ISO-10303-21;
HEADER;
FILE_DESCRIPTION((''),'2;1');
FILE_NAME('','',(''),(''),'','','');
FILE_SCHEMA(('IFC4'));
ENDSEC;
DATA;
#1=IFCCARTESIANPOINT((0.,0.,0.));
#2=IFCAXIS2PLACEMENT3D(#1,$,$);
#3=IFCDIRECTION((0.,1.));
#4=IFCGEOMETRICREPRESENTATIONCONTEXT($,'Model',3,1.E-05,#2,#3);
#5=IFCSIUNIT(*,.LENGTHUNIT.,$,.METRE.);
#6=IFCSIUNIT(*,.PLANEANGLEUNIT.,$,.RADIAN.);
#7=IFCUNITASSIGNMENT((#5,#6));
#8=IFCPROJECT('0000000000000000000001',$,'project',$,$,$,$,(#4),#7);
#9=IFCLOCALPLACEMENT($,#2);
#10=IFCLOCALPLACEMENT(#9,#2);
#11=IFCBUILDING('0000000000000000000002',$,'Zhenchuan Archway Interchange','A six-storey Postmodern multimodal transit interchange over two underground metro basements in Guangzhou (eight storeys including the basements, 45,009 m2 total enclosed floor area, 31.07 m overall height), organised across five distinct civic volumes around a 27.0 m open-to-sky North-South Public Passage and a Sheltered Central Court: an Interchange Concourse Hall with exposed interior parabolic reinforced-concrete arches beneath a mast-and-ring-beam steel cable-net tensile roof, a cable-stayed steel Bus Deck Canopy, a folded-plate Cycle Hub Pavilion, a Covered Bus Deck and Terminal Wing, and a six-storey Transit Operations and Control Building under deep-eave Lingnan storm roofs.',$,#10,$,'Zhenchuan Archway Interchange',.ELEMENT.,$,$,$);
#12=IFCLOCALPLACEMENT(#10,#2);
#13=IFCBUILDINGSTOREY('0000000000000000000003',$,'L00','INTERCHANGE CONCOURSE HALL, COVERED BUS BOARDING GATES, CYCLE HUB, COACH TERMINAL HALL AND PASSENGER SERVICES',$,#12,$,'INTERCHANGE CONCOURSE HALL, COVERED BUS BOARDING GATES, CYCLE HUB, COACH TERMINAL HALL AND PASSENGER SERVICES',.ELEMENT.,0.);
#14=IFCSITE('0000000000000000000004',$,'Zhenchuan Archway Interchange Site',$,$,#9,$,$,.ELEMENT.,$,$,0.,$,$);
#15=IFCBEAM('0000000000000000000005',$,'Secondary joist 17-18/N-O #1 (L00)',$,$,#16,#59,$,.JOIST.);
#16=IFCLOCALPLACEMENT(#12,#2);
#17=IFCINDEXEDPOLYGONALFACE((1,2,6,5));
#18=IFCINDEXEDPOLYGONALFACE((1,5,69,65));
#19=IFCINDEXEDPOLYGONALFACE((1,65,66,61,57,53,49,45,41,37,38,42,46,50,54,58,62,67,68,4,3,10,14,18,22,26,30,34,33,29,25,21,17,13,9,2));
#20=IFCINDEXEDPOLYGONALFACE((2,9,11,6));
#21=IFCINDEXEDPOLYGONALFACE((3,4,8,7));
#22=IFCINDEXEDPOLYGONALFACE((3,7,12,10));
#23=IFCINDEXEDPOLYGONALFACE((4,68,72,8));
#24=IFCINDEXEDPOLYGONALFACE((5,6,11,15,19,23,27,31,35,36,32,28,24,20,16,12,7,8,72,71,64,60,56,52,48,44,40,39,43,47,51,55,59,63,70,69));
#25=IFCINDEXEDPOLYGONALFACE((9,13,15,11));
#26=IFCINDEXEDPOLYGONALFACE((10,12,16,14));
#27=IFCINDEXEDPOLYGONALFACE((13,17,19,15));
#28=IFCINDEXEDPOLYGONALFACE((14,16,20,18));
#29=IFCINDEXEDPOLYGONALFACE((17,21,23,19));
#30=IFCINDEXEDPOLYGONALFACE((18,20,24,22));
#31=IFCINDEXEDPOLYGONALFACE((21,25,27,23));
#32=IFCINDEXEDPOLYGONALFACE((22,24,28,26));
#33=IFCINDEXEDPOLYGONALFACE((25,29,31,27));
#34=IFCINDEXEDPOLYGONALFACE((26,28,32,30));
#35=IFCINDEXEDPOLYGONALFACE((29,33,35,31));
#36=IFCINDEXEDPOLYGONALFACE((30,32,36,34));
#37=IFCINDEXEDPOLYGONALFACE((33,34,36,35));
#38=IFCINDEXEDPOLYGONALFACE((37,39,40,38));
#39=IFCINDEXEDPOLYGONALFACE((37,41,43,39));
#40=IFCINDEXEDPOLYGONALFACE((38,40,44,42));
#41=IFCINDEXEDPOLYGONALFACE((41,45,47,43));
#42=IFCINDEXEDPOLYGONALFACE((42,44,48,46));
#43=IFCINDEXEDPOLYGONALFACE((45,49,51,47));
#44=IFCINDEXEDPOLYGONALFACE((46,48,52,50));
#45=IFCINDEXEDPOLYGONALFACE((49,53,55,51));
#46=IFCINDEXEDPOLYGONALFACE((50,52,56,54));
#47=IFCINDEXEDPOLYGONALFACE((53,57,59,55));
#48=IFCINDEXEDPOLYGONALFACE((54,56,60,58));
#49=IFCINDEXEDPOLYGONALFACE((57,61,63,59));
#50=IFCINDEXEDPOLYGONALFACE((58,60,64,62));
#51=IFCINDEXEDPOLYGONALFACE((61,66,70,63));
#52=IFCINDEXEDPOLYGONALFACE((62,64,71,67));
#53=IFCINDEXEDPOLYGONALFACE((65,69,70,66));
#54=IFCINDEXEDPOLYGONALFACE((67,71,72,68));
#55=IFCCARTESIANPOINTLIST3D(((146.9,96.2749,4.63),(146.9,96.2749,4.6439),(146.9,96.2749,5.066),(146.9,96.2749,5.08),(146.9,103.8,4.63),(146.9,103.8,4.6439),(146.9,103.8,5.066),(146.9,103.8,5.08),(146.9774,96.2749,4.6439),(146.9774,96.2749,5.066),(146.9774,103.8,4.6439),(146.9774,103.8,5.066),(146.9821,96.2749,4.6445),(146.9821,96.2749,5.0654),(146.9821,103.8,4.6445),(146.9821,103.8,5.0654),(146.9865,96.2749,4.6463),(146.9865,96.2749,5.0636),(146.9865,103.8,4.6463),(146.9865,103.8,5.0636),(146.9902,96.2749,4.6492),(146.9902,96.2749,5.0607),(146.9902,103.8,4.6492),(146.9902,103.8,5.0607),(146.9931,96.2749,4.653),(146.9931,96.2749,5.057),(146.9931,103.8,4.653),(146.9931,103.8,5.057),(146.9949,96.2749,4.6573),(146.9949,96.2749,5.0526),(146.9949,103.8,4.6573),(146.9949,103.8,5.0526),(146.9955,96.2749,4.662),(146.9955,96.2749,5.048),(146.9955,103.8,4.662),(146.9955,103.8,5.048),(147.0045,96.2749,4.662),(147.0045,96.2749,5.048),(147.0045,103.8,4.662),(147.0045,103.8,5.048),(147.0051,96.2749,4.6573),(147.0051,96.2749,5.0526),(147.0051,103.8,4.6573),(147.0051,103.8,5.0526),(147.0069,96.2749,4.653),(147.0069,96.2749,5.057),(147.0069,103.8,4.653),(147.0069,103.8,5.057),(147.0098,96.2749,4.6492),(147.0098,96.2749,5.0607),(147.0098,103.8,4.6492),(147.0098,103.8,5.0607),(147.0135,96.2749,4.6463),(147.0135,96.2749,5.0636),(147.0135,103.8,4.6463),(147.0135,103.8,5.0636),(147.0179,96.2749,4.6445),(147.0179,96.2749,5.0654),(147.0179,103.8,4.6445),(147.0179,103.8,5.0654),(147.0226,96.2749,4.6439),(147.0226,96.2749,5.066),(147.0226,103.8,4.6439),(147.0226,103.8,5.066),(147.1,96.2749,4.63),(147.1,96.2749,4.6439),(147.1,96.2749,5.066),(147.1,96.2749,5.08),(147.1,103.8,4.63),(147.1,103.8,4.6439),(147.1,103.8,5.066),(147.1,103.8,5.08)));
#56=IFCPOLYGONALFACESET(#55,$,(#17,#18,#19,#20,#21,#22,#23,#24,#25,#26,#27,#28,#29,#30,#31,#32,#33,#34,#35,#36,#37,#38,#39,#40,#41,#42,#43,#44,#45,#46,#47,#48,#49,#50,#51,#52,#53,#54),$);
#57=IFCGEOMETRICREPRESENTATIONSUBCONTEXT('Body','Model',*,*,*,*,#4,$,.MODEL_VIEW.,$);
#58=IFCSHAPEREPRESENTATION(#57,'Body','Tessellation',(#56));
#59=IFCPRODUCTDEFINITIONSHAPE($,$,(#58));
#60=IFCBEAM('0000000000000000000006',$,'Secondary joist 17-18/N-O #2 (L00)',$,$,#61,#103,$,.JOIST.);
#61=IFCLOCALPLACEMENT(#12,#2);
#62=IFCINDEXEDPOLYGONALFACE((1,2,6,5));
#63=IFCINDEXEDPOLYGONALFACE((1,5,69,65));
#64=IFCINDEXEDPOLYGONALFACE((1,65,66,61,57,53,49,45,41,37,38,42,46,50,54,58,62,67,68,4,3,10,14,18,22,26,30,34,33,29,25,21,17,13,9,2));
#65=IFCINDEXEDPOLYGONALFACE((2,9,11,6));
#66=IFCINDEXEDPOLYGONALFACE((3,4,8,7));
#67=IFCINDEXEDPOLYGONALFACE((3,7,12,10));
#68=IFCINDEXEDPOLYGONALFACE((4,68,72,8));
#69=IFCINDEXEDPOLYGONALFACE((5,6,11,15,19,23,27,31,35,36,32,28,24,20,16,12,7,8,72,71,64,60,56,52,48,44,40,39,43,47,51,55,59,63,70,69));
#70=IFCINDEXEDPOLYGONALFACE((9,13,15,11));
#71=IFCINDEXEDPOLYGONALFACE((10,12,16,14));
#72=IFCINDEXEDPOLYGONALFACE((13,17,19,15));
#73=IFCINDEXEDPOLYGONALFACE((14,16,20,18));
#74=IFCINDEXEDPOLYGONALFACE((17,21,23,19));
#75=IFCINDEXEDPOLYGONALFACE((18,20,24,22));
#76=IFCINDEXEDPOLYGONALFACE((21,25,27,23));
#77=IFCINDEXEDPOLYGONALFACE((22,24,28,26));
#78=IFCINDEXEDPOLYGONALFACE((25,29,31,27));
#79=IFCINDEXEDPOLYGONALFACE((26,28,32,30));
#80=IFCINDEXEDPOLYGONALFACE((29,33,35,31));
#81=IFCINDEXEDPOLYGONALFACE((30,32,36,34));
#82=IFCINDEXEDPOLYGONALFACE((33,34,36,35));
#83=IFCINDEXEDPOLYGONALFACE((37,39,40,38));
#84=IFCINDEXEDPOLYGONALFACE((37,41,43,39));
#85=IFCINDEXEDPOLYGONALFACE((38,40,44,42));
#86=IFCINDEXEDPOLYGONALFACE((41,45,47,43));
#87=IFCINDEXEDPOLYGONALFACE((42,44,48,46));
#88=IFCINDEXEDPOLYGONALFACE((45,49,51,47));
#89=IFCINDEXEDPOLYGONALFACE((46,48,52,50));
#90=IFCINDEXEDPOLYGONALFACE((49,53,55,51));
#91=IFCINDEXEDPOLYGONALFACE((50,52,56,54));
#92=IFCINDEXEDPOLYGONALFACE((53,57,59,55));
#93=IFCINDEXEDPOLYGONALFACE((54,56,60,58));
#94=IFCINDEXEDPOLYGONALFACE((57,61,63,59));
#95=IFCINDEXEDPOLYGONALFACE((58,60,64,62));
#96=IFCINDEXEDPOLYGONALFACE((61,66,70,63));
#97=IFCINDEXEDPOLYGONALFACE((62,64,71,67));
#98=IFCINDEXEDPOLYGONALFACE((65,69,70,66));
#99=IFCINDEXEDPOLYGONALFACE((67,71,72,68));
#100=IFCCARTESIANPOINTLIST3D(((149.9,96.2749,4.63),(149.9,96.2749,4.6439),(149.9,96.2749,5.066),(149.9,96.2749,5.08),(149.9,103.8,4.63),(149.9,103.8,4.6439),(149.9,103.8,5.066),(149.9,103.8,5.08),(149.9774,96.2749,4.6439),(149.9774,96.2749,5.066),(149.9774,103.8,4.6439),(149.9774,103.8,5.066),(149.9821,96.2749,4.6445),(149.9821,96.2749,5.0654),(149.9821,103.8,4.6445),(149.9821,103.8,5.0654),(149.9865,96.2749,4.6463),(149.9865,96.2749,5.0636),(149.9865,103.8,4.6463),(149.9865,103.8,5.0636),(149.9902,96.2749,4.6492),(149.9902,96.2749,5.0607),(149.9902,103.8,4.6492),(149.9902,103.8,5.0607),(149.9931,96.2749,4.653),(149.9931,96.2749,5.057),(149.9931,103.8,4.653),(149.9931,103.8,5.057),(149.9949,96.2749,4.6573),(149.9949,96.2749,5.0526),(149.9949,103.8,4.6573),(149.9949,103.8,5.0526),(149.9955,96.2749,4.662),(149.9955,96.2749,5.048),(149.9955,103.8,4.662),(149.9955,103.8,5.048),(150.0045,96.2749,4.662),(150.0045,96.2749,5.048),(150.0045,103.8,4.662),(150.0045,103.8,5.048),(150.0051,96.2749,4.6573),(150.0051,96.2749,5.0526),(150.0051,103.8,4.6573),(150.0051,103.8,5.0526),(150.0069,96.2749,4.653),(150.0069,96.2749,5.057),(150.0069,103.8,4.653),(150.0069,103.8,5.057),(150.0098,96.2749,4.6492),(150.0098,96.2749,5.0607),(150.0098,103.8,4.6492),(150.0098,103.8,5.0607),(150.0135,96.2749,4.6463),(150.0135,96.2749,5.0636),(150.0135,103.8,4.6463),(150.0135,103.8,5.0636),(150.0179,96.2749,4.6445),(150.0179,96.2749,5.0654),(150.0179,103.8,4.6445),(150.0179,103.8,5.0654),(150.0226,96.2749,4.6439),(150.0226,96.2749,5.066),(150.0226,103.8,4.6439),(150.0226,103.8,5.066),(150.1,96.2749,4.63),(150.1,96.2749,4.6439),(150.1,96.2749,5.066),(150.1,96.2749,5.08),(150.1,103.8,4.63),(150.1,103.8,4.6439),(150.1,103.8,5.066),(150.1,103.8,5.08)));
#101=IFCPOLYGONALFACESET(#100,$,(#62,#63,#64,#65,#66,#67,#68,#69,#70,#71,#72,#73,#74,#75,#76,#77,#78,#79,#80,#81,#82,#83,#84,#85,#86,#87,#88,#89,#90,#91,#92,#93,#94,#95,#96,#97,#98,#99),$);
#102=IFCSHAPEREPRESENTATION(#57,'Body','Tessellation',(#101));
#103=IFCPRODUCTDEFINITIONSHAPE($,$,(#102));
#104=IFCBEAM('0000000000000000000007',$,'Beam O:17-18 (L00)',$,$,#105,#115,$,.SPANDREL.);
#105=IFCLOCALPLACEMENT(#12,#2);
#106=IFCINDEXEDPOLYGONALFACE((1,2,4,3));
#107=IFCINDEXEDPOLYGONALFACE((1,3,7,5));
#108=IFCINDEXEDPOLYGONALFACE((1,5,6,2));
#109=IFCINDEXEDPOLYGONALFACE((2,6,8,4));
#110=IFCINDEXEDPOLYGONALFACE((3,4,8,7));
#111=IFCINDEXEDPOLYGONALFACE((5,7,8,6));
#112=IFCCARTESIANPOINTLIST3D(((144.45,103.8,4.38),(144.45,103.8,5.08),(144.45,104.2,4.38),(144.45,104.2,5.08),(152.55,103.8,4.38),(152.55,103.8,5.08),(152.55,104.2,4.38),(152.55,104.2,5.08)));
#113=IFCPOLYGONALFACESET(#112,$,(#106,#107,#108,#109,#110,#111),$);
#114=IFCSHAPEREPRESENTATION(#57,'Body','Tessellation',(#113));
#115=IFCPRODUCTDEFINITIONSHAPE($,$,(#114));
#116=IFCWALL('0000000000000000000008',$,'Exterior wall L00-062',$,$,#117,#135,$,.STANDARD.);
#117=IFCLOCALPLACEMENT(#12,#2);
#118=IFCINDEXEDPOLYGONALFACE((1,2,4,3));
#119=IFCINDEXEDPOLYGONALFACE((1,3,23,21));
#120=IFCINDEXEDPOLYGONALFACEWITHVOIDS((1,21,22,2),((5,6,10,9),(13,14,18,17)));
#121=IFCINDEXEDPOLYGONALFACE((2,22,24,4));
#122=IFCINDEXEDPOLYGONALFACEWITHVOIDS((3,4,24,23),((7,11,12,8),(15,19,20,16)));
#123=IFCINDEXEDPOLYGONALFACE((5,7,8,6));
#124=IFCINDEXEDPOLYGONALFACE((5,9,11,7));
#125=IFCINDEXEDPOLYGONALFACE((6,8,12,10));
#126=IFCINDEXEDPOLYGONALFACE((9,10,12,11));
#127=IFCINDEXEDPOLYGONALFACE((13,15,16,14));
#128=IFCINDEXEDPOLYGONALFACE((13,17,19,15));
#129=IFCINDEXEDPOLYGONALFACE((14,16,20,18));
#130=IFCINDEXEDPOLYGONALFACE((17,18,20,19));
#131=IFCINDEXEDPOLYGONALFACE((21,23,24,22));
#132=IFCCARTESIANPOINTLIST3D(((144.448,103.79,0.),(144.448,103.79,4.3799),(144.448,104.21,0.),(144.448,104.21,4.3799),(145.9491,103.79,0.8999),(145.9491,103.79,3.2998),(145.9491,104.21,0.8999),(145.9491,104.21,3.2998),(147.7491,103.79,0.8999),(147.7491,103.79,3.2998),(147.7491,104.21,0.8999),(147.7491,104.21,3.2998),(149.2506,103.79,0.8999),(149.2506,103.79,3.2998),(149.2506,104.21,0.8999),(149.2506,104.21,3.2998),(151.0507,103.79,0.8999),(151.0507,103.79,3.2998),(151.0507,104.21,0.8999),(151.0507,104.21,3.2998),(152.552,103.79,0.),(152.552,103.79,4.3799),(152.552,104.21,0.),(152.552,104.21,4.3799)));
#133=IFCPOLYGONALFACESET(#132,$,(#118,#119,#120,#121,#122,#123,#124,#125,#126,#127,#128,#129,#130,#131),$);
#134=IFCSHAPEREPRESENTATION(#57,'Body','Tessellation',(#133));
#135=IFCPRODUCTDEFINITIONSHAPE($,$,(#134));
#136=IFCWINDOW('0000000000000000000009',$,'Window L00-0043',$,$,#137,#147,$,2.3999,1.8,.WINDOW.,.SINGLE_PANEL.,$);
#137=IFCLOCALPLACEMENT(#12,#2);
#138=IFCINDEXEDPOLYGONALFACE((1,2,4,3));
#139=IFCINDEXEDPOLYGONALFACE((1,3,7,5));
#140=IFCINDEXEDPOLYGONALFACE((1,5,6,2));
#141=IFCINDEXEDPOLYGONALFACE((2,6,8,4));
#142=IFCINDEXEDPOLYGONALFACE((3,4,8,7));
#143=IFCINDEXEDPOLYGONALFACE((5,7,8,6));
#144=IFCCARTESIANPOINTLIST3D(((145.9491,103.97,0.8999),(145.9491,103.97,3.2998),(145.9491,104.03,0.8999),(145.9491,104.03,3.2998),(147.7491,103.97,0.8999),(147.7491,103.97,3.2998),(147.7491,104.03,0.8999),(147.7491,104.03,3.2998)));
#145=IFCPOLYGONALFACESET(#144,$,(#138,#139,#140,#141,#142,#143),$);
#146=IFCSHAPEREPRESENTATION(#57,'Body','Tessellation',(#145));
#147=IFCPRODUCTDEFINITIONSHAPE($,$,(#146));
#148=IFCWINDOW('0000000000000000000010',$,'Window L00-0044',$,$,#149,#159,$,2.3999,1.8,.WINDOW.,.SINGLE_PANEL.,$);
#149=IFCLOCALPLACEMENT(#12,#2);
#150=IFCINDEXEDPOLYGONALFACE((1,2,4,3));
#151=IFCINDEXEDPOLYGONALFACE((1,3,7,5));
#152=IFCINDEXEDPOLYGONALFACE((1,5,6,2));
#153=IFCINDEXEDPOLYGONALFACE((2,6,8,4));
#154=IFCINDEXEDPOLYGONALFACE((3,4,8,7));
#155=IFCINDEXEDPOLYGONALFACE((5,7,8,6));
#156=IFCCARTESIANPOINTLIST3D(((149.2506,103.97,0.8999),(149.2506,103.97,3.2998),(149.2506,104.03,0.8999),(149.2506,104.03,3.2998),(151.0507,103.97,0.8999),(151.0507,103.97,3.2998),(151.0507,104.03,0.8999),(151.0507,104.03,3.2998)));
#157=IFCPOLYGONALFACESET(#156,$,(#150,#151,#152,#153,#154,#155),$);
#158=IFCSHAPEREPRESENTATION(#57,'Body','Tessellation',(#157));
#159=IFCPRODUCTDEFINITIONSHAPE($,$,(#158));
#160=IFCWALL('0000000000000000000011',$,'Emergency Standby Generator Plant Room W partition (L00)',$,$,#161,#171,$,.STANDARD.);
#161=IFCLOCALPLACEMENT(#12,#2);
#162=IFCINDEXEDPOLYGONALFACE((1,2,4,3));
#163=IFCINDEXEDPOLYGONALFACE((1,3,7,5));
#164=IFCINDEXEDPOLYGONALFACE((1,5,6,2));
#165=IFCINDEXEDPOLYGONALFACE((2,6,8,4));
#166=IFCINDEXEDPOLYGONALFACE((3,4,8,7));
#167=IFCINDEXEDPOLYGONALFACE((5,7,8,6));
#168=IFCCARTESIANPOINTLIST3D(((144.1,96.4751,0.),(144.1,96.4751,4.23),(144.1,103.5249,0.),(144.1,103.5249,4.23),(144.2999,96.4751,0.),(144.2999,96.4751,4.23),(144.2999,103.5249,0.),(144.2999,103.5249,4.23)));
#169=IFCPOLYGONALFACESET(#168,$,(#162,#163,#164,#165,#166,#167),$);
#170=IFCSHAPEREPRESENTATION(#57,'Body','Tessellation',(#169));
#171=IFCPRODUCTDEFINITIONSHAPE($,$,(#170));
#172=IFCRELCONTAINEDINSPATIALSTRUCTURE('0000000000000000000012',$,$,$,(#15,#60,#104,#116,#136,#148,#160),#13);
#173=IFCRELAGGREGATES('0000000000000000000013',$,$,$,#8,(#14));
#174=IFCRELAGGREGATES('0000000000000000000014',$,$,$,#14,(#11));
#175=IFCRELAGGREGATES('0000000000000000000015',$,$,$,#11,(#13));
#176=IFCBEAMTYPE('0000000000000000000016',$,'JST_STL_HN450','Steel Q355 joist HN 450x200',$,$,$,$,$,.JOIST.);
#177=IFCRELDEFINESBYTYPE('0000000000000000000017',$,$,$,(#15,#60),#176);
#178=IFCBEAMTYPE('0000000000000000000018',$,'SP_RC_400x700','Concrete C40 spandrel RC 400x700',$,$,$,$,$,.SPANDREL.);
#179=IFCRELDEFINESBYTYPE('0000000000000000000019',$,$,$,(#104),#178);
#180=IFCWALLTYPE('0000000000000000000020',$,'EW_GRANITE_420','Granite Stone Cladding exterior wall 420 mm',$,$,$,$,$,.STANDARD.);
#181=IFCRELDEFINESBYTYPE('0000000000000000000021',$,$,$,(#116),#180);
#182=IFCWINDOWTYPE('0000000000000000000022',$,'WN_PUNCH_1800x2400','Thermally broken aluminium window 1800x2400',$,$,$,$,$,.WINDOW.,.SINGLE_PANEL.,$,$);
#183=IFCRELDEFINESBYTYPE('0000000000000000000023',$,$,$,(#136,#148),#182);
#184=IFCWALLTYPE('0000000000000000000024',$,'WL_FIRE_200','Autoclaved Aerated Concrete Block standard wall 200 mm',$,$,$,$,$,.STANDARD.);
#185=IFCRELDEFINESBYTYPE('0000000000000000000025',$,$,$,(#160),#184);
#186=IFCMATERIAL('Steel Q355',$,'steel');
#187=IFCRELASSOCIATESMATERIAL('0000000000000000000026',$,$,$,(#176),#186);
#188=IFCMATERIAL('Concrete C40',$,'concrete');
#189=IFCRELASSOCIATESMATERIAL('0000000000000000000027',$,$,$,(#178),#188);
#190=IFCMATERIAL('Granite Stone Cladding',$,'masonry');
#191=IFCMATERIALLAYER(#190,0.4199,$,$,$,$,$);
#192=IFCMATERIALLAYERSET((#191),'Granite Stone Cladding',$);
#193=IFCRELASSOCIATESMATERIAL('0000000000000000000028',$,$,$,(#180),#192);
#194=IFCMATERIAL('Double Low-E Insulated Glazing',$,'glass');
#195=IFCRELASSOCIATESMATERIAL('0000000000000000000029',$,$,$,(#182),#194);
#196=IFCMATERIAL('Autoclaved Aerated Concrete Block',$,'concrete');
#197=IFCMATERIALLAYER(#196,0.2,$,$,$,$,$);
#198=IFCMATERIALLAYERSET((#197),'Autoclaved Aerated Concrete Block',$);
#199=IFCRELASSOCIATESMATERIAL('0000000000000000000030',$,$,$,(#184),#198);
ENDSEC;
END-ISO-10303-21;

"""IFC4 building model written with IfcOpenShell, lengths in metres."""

from ifc_helpers import new_model, si_unit, direction, frame, frame_2d, origin, origin_2d, place, context, subcontext, project, spatial, rectangle, i_section, extrude, material, layer, layer_set, material_profile, profile_set, type_object, element, fill, save


model = new_model("IFC4")

# Units and contexts
model_context = context("Model", 3, precision=1e-05, world=origin(), true_north=direction((0.0, 1.0)))
body_context = subcontext(model_context, "Body", "Model", "MODEL_VIEW")
ifc_project = project(units=[si_unit("LENGTHUNIT", "METRE"), si_unit("PLANEANGLEUNIT", "RADIAN")], contexts=[model_context])

# Site, building, storey
site_placement = place(None, origin())
site = spatial("IfcSite", under=ifc_project, at=site_placement, Name="Zhenchuan Archway Interchange Site", CompositionType="ELEMENT", RefElevation=0.0)
building_placement = place(site_placement, origin())
building = spatial("IfcBuilding", under=site, at=building_placement, Name="Zhenchuan Archway Interchange", Description="A six-storey Postmodern multimodal transit interchange over two underground metro basements in Guangzhou (eight storeys including the basements, 45,009 m2 total enclosed floor area, 31.07 m overall height), organised across five distinct civic volumes around a 27.0 m open-to-sky North-South Public Passage and a Sheltered Central Court: an Interchange Concourse Hall with exposed interior parabolic reinforced-concrete arches beneath a mast-and-ring-beam steel cable-net tensile roof, a cable-stayed steel Bus Deck Canopy, a folded-plate Cycle Hub Pavilion, a Covered Bus Deck and Terminal Wing, and a six-storey Transit Operations and Control Building under deep-eave Lingnan storm roofs.", LongName="Zhenchuan Archway Interchange", CompositionType="ELEMENT")
storey_placement = place(building_placement, origin())
storey = spatial("IfcBuildingStorey", under=building, at=storey_placement, Name="L00", Description="INTERCHANGE CONCOURSE HALL, COVERED BUS BOARDING GATES, CYCLE HUB, COACH TERMINAL HALL AND PASSENGER SERVICES", LongName="INTERCHANGE CONCOURSE HALL, COVERED BUS BOARDING GATES, CYCLE HUB, COACH TERMINAL HALL AND PASSENGER SERVICES", CompositionType="ELEMENT", Elevation=0.0)

# Shared definitions
ifc_material_1 = material(Name="Concrete C40", Category="concrete")

# Beams
ifc_material_2 = material(Name="Steel Q355", Category="steel")
ifc_material_profile_1 = material_profile(ifc_material_2, i_section(OverallWidth=0.2, OverallDepth=0.45, WebThickness=0.009, FlangeThickness=0.0139, FilletRadius=0.0181, at=origin_2d()), Name="HN 450x200")
ifc_profile_set_1 = profile_set([ifc_material_profile_1], Name="Steel Q355")
beam_type_1 = type_object("IfcBeamType", Name="JST_STL_HN450", Description="Steel Q355 joist HN 450x200", PredefinedType="JOIST", material=ifc_profile_set_1)
for number, where, z_axis, x_axis, name in (
    (1, (147.0, 96.2749, 4.855), (0.0, 1.0, 0.0), (-1.0, 0.0, 0.0), "Secondary joist 17-18/N-O #1 (L00)"),
    (2, (150.0, 96.2749, 4.855), (0.0, 1.0, 0.0), (-1.0, 0.0, 0.0), "Secondary joist 17-18/N-O #2 (L00)"),
):
    element("IfcBeam", number, at=place(storey_placement, frame(where, z_axis=z_axis, x_axis=x_axis)), inside=storey, type_object=beam_type_1, Name=name, PredefinedType="JOIST", context=body_context, shape_type="SweptSolid", body=[
        extrude(i_section(OverallWidth=0.2, OverallDepth=0.45, WebThickness=0.009, FlangeThickness=0.0139, FilletRadius=0.0181, at=origin_2d()), origin(), (0.0, 0.0, 1.0), 7.5251),
    ])
ifc_material_profile_2 = material_profile(ifc_material_1, rectangle(XDim=0.3999, YDim=0.7, at=origin_2d()), Name="RC 400x700")
ifc_profile_set_2 = profile_set([ifc_material_profile_2], Name="Concrete C40")
beam_type_2 = type_object("IfcBeamType", Name="SP_RC_400x700", Description="Concrete C40 spandrel RC 400x700", PredefinedType="SPANDREL", material=ifc_profile_set_2)
beam_1_placement = place(storey_placement, frame((144.45, 104.0, 4.73), z_axis=(1.0, 0.0, 0.0), x_axis=(0.0, 1.0, 0.0)))
element("IfcBeam", 3, at=beam_1_placement, inside=storey, type_object=beam_type_2, Name="Beam O:17-18 (L00)", PredefinedType="SPANDREL", context=body_context, shape_type="SweptSolid", body=[
    extrude(rectangle(XDim=0.3999, YDim=0.7, at=origin_2d()), origin(), (0.0, 0.0, 1.0), 8.1001),
])

# Wall, openings, windows
ifc_material_3 = material(Name="Granite Stone Cladding", Category="masonry")
ifc_layer_1 = layer(ifc_material_3, 0.4199)
ifc_layer_set_1 = layer_set([ifc_layer_1], Name="Granite Stone Cladding")
wall_type_1 = type_object("IfcWallType", Name="EW_GRANITE_420", Description="Granite Stone Cladding exterior wall 420 mm", PredefinedType="STANDARD", material=ifc_layer_set_1)
wall_1_placement = place(storey_placement, frame((144.448, 104.0, 0.0), z_axis=(0.0, 0.0, 1.0), x_axis=(1.0, 0.0, 0.0)))
wall_1 = element("IfcWall", 4, at=wall_1_placement, inside=storey, type_object=wall_type_1, Name="Exterior wall L00-062", PredefinedType="STANDARD", context=body_context, shape_type="SweptSolid", body=[
    extrude(rectangle(XDim=8.104, YDim=0.4199, at=frame_2d((4.052, 0.0))), origin(), (0.0, 0.0, 1.0), 4.3799),
])
opening_1_placement = place(wall_1_placement, frame((1.5012, 0.0, 0.8999)))
opening_1 = element("IfcOpeningElement", 5, at=opening_1_placement, cuts=wall_1, PredefinedType="OPENING", context=body_context, shape_type="SweptSolid", body=[
    extrude(rectangle(XDim=1.8, YDim=2.3999, at=frame_2d((0.8999, 1.2))), frame((0.0, 0.2219, 0.0), z_axis=(0.0, -1.0, 0.0), x_axis=(1.0, 0.0, 0.0)), (0.0, 0.0, 1.0), 0.4438),
])
opening_2_placement = place(wall_1_placement, frame((4.8027, 0.0, 0.8999)))
opening_2 = element("IfcOpeningElement", 6, at=opening_2_placement, cuts=wall_1, PredefinedType="OPENING", context=body_context, shape_type="SweptSolid", body=[
    extrude(rectangle(XDim=1.8, YDim=2.3999, at=frame_2d((0.8999, 1.2))), frame((0.0, 0.2219, 0.0), z_axis=(0.0, -1.0, 0.0), x_axis=(1.0, 0.0, 0.0)), (0.0, 0.0, 1.0), 0.4438),
])
ifc_material_4 = material(Name="Double Low-E Insulated Glazing", Category="glass")
window_type = type_object("IfcWindowType", Name="WN_PUNCH_1800x2400", Description="Thermally broken aluminium window 1800x2400", PartitioningType="SINGLE_PANEL", PredefinedType="WINDOW", material=ifc_material_4)
window_1_placement = place(opening_1_placement, origin())
window_1 = element("IfcWindow", 7, at=window_1_placement, inside=storey, type_object=window_type, Name="Window L00-0043", OverallHeight=2.3999, OverallWidth=1.8, PartitioningType="SINGLE_PANEL", PredefinedType="WINDOW", context=body_context, shape_type="SweptSolid", body=[
    extrude(rectangle(XDim=1.8, YDim=2.3999, at=frame_2d((0.8999, 1.2))), frame((0.0, 0.03, 0.0), z_axis=(0.0, -1.0, 0.0), x_axis=(1.0, 0.0, 0.0)), (0.0, 0.0, 1.0), 0.0601),
])
fill(opening_1, window_1)
window_2_placement = place(opening_2_placement, origin())
window_2 = element("IfcWindow", 8, at=window_2_placement, inside=storey, type_object=window_type, Name="Window L00-0044", OverallHeight=2.3999, OverallWidth=1.8, PartitioningType="SINGLE_PANEL", PredefinedType="WINDOW", context=body_context, shape_type="SweptSolid", body=[
    extrude(rectangle(XDim=1.8, YDim=2.3999, at=frame_2d((0.8999, 1.2))), frame((0.0, 0.03, 0.0), z_axis=(0.0, -1.0, 0.0), x_axis=(1.0, 0.0, 0.0)), (0.0, 0.0, 1.0), 0.0601),
])
fill(opening_2, window_2)

# Wall
ifc_material_5 = material(Name="Autoclaved Aerated Concrete Block", Category="concrete")
ifc_layer_2 = layer(ifc_material_5, 0.2)
ifc_layer_set_2 = layer_set([ifc_layer_2], Name="Autoclaved Aerated Concrete Block")
wall_type_2 = type_object("IfcWallType", Name="WL_FIRE_200", Description="Autoclaved Aerated Concrete Block standard wall 200 mm", PredefinedType="STANDARD", material=ifc_layer_set_2)
wall_2_placement = place(storey_placement, frame((144.2, 96.4751, 0.0), z_axis=(0.0, 0.0, 1.0), x_axis=(0.0, 1.0, 0.0)))
element("IfcWall", 9, at=wall_2_placement, inside=storey, type_object=wall_type_2, Name="Emergency Standby Generator Plant Room W partition (L00)", PredefinedType="STANDARD", context=body_context, shape_type="SweptSolid", body=[
    extrude(rectangle(XDim=7.0498, YDim=0.2, at=frame_2d((3.5249, 0.0))), origin(), (0.0, 0.0, 1.0), 4.23),
])

save(model, "model.ifc")
